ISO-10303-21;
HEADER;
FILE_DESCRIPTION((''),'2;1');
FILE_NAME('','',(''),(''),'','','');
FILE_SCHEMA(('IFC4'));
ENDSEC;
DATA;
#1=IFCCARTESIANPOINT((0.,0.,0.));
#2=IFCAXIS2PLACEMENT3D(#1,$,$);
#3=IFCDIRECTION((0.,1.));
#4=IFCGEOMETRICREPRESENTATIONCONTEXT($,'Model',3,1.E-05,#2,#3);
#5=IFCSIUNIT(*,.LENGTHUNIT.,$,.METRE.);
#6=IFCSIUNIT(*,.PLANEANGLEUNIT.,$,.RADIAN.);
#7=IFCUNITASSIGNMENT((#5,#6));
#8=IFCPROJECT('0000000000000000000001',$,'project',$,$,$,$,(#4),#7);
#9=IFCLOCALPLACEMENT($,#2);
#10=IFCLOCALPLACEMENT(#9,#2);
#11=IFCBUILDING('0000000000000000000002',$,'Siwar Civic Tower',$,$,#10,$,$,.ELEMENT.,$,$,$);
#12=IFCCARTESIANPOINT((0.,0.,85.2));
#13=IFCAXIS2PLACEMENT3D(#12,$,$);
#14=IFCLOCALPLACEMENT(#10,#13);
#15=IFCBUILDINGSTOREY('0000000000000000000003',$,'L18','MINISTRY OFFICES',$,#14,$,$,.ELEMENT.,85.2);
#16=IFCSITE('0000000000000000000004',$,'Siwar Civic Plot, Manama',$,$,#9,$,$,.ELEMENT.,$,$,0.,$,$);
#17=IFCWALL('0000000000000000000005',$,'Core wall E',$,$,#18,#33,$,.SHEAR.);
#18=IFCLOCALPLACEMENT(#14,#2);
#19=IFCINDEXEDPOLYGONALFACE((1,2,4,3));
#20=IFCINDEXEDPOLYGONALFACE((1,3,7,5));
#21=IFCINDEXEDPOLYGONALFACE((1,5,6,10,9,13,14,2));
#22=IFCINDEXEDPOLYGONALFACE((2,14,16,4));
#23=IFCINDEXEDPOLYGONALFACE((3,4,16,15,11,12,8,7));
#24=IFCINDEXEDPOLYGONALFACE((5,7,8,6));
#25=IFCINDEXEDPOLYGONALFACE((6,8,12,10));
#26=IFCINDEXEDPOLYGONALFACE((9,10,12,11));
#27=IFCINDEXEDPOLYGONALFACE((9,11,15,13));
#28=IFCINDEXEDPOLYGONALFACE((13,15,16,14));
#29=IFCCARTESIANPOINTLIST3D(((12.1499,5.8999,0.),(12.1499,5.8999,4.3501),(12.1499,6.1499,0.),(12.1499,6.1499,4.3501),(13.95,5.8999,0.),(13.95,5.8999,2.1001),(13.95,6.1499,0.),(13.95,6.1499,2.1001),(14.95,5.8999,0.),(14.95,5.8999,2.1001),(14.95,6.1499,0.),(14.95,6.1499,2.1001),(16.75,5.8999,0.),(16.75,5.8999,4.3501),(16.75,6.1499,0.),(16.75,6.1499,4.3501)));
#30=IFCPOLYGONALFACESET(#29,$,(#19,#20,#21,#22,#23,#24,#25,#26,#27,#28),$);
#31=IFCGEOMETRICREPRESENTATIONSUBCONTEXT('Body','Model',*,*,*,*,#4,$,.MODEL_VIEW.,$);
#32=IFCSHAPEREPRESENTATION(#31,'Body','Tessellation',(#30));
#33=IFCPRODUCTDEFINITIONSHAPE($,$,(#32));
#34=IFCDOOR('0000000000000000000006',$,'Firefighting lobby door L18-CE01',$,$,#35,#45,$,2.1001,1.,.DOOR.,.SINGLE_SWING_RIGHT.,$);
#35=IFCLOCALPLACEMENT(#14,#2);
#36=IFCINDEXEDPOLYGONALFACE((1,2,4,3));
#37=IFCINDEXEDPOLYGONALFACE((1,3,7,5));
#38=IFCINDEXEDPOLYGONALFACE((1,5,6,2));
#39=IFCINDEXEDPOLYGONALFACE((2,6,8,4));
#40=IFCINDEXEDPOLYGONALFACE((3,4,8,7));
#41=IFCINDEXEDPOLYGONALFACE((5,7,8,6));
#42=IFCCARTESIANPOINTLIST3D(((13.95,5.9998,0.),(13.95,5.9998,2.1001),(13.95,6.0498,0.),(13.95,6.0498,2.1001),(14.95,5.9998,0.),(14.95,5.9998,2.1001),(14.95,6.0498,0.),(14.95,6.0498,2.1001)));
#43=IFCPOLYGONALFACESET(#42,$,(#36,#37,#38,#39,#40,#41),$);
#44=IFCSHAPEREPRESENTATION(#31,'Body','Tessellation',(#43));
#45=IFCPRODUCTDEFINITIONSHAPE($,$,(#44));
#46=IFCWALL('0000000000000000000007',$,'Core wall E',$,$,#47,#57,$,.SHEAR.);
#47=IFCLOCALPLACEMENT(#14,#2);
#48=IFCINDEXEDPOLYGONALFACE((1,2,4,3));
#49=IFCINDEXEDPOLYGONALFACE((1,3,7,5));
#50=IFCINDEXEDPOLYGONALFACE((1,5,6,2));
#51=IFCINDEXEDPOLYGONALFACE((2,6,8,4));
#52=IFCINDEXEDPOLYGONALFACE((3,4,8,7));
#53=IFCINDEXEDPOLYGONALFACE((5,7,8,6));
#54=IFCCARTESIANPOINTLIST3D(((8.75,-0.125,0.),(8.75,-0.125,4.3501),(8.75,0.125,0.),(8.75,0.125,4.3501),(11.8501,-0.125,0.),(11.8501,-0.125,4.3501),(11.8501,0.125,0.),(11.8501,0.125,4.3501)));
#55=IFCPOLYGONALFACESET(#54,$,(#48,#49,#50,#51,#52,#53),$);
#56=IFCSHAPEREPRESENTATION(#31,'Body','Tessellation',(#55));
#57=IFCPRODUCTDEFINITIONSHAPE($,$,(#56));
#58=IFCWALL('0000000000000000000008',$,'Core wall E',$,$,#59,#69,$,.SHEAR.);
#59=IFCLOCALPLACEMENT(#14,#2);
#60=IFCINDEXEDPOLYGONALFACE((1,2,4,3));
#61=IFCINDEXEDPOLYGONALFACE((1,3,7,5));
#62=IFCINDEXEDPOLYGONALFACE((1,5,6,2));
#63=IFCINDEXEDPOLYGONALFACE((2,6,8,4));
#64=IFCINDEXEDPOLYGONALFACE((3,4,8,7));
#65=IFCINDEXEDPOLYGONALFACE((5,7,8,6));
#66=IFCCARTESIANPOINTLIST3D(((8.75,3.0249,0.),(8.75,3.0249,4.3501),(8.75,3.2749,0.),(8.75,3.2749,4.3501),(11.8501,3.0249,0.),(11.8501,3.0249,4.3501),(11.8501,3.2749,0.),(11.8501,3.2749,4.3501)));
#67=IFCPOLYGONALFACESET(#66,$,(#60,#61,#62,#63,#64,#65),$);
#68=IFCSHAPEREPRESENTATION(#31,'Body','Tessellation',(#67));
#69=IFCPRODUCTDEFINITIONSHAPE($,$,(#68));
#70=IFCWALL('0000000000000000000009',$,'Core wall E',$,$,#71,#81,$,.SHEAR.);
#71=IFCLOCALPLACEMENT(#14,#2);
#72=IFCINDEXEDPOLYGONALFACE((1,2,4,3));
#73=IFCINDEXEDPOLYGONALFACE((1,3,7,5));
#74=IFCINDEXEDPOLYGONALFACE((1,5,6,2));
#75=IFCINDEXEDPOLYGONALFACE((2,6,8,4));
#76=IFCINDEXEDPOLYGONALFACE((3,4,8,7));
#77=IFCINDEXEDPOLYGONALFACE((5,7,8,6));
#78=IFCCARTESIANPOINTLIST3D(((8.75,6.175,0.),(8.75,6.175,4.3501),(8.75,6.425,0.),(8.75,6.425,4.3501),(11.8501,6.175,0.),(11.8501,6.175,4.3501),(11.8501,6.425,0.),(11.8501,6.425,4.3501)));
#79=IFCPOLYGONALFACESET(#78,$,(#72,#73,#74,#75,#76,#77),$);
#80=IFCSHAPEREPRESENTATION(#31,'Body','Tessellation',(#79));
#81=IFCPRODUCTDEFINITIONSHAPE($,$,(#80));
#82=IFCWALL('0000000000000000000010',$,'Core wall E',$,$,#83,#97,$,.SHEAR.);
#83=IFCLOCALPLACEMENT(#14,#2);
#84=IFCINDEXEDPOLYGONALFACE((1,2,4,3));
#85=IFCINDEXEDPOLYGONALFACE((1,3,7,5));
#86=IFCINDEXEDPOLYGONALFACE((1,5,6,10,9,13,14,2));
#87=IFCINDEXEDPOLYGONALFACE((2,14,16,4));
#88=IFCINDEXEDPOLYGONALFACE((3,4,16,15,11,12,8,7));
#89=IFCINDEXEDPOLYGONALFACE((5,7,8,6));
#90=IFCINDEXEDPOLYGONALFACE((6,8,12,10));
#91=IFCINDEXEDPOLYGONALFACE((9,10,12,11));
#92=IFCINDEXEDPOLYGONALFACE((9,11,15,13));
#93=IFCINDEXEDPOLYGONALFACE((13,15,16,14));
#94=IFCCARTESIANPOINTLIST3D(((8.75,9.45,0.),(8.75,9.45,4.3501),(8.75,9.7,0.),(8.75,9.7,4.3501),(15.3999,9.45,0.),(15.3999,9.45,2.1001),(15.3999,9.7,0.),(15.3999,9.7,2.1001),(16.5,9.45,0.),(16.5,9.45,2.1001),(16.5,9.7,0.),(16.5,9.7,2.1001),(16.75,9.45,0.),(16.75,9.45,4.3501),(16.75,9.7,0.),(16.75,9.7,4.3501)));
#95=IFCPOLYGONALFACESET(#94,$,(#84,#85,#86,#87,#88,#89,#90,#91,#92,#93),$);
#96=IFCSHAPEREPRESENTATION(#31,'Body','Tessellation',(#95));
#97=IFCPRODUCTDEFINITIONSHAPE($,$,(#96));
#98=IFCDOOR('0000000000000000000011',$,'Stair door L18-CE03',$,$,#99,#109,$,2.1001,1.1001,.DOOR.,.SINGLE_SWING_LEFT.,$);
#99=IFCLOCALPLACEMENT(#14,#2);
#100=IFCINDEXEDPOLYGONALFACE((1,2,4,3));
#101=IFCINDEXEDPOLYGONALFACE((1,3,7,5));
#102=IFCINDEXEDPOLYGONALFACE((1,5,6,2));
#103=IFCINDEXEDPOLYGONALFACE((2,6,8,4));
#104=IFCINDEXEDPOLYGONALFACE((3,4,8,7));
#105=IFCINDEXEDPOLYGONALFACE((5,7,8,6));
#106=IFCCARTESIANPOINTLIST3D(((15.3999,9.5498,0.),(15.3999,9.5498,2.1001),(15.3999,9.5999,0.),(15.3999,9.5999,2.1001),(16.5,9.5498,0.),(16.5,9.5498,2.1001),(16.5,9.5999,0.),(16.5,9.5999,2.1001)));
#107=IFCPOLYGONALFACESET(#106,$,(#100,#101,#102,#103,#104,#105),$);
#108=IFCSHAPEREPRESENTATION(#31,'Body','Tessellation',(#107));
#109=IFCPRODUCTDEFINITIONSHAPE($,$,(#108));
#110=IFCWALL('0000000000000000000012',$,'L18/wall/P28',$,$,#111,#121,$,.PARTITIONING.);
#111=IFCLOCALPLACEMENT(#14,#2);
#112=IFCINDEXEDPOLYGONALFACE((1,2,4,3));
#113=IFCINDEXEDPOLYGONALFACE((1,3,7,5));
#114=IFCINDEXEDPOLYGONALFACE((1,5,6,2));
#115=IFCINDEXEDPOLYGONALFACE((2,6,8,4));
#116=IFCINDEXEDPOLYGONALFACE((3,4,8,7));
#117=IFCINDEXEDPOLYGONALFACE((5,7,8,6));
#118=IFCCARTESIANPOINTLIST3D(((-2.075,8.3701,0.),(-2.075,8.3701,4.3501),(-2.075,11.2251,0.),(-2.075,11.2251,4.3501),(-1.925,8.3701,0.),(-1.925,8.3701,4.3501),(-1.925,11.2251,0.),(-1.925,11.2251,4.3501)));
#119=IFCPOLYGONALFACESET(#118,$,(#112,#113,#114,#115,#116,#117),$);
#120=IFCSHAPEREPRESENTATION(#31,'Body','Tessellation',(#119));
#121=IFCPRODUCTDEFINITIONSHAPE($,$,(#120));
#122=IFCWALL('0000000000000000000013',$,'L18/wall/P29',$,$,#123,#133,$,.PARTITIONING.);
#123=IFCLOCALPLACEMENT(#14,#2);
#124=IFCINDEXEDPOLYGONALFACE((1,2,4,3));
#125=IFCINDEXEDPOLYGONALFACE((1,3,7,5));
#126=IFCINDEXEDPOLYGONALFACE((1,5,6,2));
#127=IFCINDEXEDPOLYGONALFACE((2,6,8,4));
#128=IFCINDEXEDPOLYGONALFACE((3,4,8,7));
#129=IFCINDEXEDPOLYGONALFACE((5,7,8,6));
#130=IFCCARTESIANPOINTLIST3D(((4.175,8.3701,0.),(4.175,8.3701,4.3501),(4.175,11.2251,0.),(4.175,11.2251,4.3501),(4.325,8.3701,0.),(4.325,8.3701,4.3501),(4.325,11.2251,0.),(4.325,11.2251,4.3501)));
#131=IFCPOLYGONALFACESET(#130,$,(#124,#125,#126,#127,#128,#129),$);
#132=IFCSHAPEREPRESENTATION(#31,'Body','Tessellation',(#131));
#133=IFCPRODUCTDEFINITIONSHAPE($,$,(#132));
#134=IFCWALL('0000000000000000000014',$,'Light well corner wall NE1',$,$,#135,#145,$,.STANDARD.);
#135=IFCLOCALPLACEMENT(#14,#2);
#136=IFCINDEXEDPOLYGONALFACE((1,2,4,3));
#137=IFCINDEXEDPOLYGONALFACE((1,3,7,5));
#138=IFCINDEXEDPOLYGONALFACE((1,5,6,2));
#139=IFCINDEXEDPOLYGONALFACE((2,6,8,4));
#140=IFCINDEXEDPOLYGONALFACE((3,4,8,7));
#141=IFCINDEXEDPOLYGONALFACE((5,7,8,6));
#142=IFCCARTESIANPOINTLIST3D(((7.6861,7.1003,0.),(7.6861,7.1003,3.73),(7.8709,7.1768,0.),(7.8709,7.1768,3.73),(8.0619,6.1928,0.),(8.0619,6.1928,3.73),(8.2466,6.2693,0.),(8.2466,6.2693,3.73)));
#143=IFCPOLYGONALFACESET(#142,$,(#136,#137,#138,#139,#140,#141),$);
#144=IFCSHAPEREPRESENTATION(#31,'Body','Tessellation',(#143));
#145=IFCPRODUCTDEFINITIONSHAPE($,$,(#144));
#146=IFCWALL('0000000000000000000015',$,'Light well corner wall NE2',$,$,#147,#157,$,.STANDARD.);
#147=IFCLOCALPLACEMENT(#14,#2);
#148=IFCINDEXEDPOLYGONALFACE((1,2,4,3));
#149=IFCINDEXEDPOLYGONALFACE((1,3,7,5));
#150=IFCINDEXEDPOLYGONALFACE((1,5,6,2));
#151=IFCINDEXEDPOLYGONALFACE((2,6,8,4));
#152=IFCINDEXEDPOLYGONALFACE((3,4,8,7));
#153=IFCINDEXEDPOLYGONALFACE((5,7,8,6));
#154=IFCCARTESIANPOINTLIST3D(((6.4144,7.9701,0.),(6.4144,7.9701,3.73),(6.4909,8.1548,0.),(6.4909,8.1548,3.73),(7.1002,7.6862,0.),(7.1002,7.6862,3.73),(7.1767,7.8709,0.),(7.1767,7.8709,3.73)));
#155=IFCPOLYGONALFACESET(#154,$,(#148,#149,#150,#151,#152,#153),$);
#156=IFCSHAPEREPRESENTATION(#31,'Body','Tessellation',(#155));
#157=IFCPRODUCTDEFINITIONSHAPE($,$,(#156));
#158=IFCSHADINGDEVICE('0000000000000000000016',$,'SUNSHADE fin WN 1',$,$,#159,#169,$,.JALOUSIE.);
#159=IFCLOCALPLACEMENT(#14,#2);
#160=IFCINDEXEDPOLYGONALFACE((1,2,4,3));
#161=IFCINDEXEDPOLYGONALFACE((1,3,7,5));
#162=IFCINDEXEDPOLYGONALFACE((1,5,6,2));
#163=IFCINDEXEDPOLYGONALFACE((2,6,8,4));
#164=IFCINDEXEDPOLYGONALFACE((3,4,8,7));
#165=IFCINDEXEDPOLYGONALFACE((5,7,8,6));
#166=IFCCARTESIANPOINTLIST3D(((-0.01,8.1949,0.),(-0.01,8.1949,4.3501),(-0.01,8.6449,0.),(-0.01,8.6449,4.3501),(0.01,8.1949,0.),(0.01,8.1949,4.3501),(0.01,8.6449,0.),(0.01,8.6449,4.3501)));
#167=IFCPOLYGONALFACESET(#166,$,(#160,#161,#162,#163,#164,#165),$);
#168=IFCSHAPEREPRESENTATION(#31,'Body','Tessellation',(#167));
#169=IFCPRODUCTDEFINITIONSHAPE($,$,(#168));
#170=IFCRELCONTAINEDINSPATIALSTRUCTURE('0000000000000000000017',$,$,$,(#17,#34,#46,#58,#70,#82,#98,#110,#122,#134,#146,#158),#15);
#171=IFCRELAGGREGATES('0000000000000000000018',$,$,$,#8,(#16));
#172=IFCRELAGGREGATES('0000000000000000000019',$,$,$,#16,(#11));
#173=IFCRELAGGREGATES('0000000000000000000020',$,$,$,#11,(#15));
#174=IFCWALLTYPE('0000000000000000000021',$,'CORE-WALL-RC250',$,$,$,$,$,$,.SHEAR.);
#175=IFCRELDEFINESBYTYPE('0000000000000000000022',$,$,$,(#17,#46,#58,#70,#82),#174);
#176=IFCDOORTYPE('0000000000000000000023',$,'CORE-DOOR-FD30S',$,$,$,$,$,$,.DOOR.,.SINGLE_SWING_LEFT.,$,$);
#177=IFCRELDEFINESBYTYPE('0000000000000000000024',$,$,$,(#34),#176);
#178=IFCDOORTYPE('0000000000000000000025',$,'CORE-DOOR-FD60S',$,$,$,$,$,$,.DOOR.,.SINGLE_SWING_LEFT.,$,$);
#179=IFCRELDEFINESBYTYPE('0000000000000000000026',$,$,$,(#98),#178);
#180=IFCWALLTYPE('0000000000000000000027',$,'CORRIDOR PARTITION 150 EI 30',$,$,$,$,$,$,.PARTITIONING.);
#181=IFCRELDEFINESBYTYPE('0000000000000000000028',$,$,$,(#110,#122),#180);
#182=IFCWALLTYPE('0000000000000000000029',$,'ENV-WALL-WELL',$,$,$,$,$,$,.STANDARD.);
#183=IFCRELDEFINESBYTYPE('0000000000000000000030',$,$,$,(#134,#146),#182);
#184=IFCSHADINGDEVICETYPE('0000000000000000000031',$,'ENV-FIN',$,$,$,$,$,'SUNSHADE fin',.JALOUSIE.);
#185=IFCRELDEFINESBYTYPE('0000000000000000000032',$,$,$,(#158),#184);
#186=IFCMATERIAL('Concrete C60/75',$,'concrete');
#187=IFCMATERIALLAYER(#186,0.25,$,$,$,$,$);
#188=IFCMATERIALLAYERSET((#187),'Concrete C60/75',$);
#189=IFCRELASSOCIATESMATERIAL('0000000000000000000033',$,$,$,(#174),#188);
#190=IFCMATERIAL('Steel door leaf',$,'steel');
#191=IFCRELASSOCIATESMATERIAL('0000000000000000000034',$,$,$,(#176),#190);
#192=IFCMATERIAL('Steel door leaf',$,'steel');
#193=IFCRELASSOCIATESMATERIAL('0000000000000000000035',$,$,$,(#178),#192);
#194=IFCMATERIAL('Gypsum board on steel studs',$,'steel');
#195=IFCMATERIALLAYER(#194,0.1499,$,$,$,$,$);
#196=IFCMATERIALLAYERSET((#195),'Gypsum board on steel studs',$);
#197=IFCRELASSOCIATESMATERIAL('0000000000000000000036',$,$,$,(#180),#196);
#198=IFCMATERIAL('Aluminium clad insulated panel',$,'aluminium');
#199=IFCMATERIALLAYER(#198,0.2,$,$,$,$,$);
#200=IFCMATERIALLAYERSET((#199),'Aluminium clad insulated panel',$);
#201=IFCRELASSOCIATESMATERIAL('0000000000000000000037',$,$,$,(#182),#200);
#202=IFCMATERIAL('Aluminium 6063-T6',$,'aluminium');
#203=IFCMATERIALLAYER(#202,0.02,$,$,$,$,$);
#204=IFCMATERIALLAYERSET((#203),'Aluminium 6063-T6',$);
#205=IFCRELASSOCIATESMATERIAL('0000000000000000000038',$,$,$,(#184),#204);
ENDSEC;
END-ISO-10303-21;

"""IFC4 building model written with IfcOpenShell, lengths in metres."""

from ifc_helpers import new_model, si_unit, direction, frame, frame_2d, origin, origin_2d, place, context, subcontext, project, spatial, rectangle, extrude, material, layer, layer_set, type_object, element, fill, save


model = new_model("IFC4")

# Units and contexts
model_context = context("Model", 3, precision=1e-05, world=origin(), true_north=direction((0.0, 1.0)))
body_context = subcontext(model_context, "Body", "Model", "MODEL_VIEW")
ifc_project = project(units=[si_unit("LENGTHUNIT", "METRE"), si_unit("PLANEANGLEUNIT", "RADIAN")], contexts=[model_context])

# Site, building, storey
site_placement = place(None, origin())
site = spatial("IfcSite", under=ifc_project, at=site_placement, Name="Siwar Civic Plot, Manama", CompositionType="ELEMENT", RefElevation=0.0)
building_placement = place(site_placement, origin())
building = spatial("IfcBuilding", under=site, at=building_placement, Name="Siwar Civic Tower", CompositionType="ELEMENT")
storey_placement = place(building_placement, frame((0.0, 0.0, 85.2)))
storey = spatial("IfcBuildingStorey", under=building, at=storey_placement, Name="L18", Description="MINISTRY OFFICES", CompositionType="ELEMENT", Elevation=85.2)

# Wall, opening, door
ifc_material_1 = material(Name="Concrete C60/75", Category="concrete")
ifc_layer_1 = layer(ifc_material_1, 0.25)
ifc_layer_set_1 = layer_set([ifc_layer_1], Name="Concrete C60/75")
wall_type_1 = type_object("IfcWallType", Name="CORE-WALL-RC250", PredefinedType="SHEAR", material=ifc_layer_set_1)
wall_1_placement = place(storey_placement, frame((12.1499, 6.0249, 0.0), z_axis=(0.0, 0.0, 1.0), x_axis=(1.0, 0.0, 0.0)))
wall_1 = element("IfcWall", 1, at=wall_1_placement, inside=storey, type_object=wall_type_1, Name="Core wall E", PredefinedType="SHEAR", context=body_context, shape_type="SweptSolid", body=[
    extrude(rectangle(XDim=4.6001, YDim=0.25, at=frame_2d((2.3, 0.0))), origin(), (0.0, 0.0, 1.0), 4.3501),
])
opening_1_placement = place(wall_1_placement, frame((1.8, 0.0, 0.0)))
opening_1 = element("IfcOpeningElement", 2, at=opening_1_placement, cuts=wall_1, PredefinedType="OPENING", context=body_context, shape_type="SweptSolid", body=[
    extrude(rectangle(XDim=1.0, YDim=2.1001, at=frame_2d((0.5, 1.05))), frame((0.0, 0.135, 0.0), z_axis=(0.0, -1.0, 0.0), x_axis=(1.0, 0.0, 0.0)), (0.0, 0.0, 1.0), 0.27),
])
ifc_material_2 = material(Name="Steel door leaf", Category="steel")
door_type_1 = type_object("IfcDoorType", Name="CORE-DOOR-FD30S", OperationType="SINGLE_SWING_LEFT", PredefinedType="DOOR", material=ifc_material_2)
door_1_placement = place(opening_1_placement, origin())
door_1 = element("IfcDoor", 3, at=door_1_placement, inside=storey, type_object=door_type_1, Name="Firefighting lobby door L18-CE01", OperationType="SINGLE_SWING_RIGHT", OverallHeight=2.1001, OverallWidth=1.0, PredefinedType="DOOR", context=body_context, shape_type="SweptSolid", body=[
    extrude(rectangle(XDim=1.0, YDim=2.1001, at=frame_2d((0.5, 1.05))), frame((0.0, 0.0249, 0.0), z_axis=(0.0, -1.0, 0.0), x_axis=(1.0, 0.0, 0.0)), (0.0, 0.0, 1.0), 0.05),
])
fill(opening_1, door_1)

# Walls
for number, where, z_axis, x_axis, name in (
    (4, (8.75, 0.0, 0.0), (0.0, 0.0, 1.0), (1.0, 0.0, 0.0), "Core wall E"),
    (5, (8.75, 3.1499, 0.0), (0.0, 0.0, 1.0), (1.0, 0.0, 0.0), "Core wall E"),
    (6, (8.75, 6.3, 0.0), (0.0, 0.0, 1.0), (1.0, 0.0, 0.0), "Core wall E"),
):
    element("IfcWall", number, at=place(storey_placement, frame(where, z_axis=z_axis, x_axis=x_axis)), inside=storey, type_object=wall_type_1, Name=name, PredefinedType="SHEAR", context=body_context, shape_type="SweptSolid", body=[
        extrude(rectangle(XDim=3.1001, YDim=0.25, at=frame_2d((1.55, 0.0))), origin(), (0.0, 0.0, 1.0), 4.3501),
    ])

# Wall, opening, door
wall_2_placement = place(storey_placement, frame((8.75, 9.575, 0.0), z_axis=(0.0, 0.0, 1.0), x_axis=(1.0, 0.0, 0.0)))
wall_2 = element("IfcWall", 7, at=wall_2_placement, inside=storey, type_object=wall_type_1, Name="Core wall E", PredefinedType="SHEAR", context=body_context, shape_type="SweptSolid", body=[
    extrude(rectangle(XDim=8.0, YDim=0.25, at=frame_2d((4.0, 0.0))), origin(), (0.0, 0.0, 1.0), 4.3501),
])
opening_2_placement = place(wall_2_placement, frame((6.6499, 0.0, 0.0)))
opening_2 = element("IfcOpeningElement", 8, at=opening_2_placement, cuts=wall_2, PredefinedType="OPENING", context=body_context, shape_type="SweptSolid", body=[
    extrude(rectangle(XDim=1.1001, YDim=2.1001, at=frame_2d((0.55, 1.05))), frame((0.0, 0.135, 0.0), z_axis=(0.0, -1.0, 0.0), x_axis=(1.0, 0.0, 0.0)), (0.0, 0.0, 1.0), 0.27),
])
ifc_material_3 = material(Name="Steel door leaf", Category="steel")
door_type_2 = type_object("IfcDoorType", Name="CORE-DOOR-FD60S", OperationType="SINGLE_SWING_LEFT", PredefinedType="DOOR", material=ifc_material_3)
door_2_placement = place(opening_2_placement, origin())
door_2 = element("IfcDoor", 9, at=door_2_placement, inside=storey, type_object=door_type_2, Name="Stair door L18-CE03", OperationType="SINGLE_SWING_LEFT", OverallHeight=2.1001, OverallWidth=1.1001, PredefinedType="DOOR", context=body_context, shape_type="SweptSolid", body=[
    extrude(rectangle(XDim=1.1001, YDim=2.1001, at=frame_2d((0.55, 1.05))), frame((0.0, 0.0249, 0.0), z_axis=(0.0, -1.0, 0.0), x_axis=(1.0, 0.0, 0.0)), (0.0, 0.0, 1.0), 0.05),
])
fill(opening_2, door_2)

# Walls
ifc_material_4 = material(Name="Gypsum board on steel studs", Category="steel")
ifc_layer_2 = layer(ifc_material_4, 0.1499)
ifc_layer_set_2 = layer_set([ifc_layer_2], Name="Gypsum board on steel studs")
wall_type_2 = type_object("IfcWallType", Name="CORRIDOR PARTITION 150 EI 30", PredefinedType="PARTITIONING", material=ifc_layer_set_2)
for number, where, z_axis, x_axis, name in (
    (10, (-2.0, 8.3701, 0.0), (0.0, 0.0, 1.0), (0.0, 1.0, 0.0), "L18/wall/P28"),
    (11, (4.25, 8.3701, 0.0), (0.0, 0.0, 1.0), (0.0, 1.0, 0.0), "L18/wall/P29"),
):
    element("IfcWall", number, at=place(storey_placement, frame(where, z_axis=z_axis, x_axis=x_axis)), inside=storey, type_object=wall_type_2, Name=name, PredefinedType="PARTITIONING", context=body_context, shape_type="SweptSolid", body=[
        extrude(rectangle(XDim=2.855, YDim=0.1499, at=frame_2d((1.4275, 0.0))), origin(), (0.0, 0.0, 1.0), 4.3501),
    ])
ifc_material_5 = material(Name="Aluminium clad insulated panel", Category="aluminium")
ifc_layer_3 = layer(ifc_material_5, 0.2)
ifc_layer_set_3 = layer_set([ifc_layer_3], Name="Aluminium clad insulated panel")
wall_type_3 = type_object("IfcWallType", Name="ENV-WALL-WELL", PredefinedType="STANDARD", material=ifc_layer_set_3)
wall_3_placement = place(storey_placement, frame((8.1543, 6.231, 0.0), z_axis=(0.0, 0.0, 1.0), x_axis=(-0.382549, 0.923935, 0.0)))
element("IfcWall", 12, at=wall_3_placement, inside=storey, type_object=wall_type_3, Name="Light well corner wall NE1", PredefinedType="STANDARD", context=body_context, shape_type="SweptSolid", body=[
    extrude(rectangle(XDim=0.9822, YDim=0.2, at=frame_2d((0.4912, 0.0))), origin(), (0.0, 0.0, 1.0), 3.73),
])
wall_4_placement = place(storey_placement, frame((7.1384, 7.7786, 0.0), z_axis=(0.0, 0.0, 1.0), x_axis=(-0.923941, 0.382536, 0.0)))
element("IfcWall", 13, at=wall_4_placement, inside=storey, type_object=wall_type_3, Name="Light well corner wall NE2", PredefinedType="STANDARD", context=body_context, shape_type="SweptSolid", body=[
    extrude(rectangle(XDim=0.7422, YDim=0.2, at=frame_2d((0.3711, 0.0))), origin(), (0.0, 0.0, 1.0), 3.73),
])

# Shading device
ifc_material_6 = material(Name="Aluminium 6063-T6", Category="aluminium")
ifc_layer_4 = layer(ifc_material_6, 0.02)
ifc_layer_set_4 = layer_set([ifc_layer_4], Name="Aluminium 6063-T6")
shading_device_type = type_object("IfcShadingDeviceType", Name="ENV-FIN", ElementType="SUNSHADE fin", PredefinedType="JALOUSIE", material=ifc_layer_set_4)
shading_device_placement = place(storey_placement, frame((0.0, 8.4199, 0.0), z_axis=(0.0, 0.0, 1.0), x_axis=(-1.0, 0.0, 0.0)))
element("IfcShadingDevice", 14, at=shading_device_placement, inside=storey, type_object=shading_device_type, Name="SUNSHADE fin WN 1", PredefinedType="JALOUSIE", context=body_context, shape_type="SweptSolid", body=[
    extrude(rectangle(XDim=0.02, YDim=0.45, at=origin_2d()), origin(), (0.0, 0.0, 1.0), 4.3501),
])

save(model, "model.ifc")
